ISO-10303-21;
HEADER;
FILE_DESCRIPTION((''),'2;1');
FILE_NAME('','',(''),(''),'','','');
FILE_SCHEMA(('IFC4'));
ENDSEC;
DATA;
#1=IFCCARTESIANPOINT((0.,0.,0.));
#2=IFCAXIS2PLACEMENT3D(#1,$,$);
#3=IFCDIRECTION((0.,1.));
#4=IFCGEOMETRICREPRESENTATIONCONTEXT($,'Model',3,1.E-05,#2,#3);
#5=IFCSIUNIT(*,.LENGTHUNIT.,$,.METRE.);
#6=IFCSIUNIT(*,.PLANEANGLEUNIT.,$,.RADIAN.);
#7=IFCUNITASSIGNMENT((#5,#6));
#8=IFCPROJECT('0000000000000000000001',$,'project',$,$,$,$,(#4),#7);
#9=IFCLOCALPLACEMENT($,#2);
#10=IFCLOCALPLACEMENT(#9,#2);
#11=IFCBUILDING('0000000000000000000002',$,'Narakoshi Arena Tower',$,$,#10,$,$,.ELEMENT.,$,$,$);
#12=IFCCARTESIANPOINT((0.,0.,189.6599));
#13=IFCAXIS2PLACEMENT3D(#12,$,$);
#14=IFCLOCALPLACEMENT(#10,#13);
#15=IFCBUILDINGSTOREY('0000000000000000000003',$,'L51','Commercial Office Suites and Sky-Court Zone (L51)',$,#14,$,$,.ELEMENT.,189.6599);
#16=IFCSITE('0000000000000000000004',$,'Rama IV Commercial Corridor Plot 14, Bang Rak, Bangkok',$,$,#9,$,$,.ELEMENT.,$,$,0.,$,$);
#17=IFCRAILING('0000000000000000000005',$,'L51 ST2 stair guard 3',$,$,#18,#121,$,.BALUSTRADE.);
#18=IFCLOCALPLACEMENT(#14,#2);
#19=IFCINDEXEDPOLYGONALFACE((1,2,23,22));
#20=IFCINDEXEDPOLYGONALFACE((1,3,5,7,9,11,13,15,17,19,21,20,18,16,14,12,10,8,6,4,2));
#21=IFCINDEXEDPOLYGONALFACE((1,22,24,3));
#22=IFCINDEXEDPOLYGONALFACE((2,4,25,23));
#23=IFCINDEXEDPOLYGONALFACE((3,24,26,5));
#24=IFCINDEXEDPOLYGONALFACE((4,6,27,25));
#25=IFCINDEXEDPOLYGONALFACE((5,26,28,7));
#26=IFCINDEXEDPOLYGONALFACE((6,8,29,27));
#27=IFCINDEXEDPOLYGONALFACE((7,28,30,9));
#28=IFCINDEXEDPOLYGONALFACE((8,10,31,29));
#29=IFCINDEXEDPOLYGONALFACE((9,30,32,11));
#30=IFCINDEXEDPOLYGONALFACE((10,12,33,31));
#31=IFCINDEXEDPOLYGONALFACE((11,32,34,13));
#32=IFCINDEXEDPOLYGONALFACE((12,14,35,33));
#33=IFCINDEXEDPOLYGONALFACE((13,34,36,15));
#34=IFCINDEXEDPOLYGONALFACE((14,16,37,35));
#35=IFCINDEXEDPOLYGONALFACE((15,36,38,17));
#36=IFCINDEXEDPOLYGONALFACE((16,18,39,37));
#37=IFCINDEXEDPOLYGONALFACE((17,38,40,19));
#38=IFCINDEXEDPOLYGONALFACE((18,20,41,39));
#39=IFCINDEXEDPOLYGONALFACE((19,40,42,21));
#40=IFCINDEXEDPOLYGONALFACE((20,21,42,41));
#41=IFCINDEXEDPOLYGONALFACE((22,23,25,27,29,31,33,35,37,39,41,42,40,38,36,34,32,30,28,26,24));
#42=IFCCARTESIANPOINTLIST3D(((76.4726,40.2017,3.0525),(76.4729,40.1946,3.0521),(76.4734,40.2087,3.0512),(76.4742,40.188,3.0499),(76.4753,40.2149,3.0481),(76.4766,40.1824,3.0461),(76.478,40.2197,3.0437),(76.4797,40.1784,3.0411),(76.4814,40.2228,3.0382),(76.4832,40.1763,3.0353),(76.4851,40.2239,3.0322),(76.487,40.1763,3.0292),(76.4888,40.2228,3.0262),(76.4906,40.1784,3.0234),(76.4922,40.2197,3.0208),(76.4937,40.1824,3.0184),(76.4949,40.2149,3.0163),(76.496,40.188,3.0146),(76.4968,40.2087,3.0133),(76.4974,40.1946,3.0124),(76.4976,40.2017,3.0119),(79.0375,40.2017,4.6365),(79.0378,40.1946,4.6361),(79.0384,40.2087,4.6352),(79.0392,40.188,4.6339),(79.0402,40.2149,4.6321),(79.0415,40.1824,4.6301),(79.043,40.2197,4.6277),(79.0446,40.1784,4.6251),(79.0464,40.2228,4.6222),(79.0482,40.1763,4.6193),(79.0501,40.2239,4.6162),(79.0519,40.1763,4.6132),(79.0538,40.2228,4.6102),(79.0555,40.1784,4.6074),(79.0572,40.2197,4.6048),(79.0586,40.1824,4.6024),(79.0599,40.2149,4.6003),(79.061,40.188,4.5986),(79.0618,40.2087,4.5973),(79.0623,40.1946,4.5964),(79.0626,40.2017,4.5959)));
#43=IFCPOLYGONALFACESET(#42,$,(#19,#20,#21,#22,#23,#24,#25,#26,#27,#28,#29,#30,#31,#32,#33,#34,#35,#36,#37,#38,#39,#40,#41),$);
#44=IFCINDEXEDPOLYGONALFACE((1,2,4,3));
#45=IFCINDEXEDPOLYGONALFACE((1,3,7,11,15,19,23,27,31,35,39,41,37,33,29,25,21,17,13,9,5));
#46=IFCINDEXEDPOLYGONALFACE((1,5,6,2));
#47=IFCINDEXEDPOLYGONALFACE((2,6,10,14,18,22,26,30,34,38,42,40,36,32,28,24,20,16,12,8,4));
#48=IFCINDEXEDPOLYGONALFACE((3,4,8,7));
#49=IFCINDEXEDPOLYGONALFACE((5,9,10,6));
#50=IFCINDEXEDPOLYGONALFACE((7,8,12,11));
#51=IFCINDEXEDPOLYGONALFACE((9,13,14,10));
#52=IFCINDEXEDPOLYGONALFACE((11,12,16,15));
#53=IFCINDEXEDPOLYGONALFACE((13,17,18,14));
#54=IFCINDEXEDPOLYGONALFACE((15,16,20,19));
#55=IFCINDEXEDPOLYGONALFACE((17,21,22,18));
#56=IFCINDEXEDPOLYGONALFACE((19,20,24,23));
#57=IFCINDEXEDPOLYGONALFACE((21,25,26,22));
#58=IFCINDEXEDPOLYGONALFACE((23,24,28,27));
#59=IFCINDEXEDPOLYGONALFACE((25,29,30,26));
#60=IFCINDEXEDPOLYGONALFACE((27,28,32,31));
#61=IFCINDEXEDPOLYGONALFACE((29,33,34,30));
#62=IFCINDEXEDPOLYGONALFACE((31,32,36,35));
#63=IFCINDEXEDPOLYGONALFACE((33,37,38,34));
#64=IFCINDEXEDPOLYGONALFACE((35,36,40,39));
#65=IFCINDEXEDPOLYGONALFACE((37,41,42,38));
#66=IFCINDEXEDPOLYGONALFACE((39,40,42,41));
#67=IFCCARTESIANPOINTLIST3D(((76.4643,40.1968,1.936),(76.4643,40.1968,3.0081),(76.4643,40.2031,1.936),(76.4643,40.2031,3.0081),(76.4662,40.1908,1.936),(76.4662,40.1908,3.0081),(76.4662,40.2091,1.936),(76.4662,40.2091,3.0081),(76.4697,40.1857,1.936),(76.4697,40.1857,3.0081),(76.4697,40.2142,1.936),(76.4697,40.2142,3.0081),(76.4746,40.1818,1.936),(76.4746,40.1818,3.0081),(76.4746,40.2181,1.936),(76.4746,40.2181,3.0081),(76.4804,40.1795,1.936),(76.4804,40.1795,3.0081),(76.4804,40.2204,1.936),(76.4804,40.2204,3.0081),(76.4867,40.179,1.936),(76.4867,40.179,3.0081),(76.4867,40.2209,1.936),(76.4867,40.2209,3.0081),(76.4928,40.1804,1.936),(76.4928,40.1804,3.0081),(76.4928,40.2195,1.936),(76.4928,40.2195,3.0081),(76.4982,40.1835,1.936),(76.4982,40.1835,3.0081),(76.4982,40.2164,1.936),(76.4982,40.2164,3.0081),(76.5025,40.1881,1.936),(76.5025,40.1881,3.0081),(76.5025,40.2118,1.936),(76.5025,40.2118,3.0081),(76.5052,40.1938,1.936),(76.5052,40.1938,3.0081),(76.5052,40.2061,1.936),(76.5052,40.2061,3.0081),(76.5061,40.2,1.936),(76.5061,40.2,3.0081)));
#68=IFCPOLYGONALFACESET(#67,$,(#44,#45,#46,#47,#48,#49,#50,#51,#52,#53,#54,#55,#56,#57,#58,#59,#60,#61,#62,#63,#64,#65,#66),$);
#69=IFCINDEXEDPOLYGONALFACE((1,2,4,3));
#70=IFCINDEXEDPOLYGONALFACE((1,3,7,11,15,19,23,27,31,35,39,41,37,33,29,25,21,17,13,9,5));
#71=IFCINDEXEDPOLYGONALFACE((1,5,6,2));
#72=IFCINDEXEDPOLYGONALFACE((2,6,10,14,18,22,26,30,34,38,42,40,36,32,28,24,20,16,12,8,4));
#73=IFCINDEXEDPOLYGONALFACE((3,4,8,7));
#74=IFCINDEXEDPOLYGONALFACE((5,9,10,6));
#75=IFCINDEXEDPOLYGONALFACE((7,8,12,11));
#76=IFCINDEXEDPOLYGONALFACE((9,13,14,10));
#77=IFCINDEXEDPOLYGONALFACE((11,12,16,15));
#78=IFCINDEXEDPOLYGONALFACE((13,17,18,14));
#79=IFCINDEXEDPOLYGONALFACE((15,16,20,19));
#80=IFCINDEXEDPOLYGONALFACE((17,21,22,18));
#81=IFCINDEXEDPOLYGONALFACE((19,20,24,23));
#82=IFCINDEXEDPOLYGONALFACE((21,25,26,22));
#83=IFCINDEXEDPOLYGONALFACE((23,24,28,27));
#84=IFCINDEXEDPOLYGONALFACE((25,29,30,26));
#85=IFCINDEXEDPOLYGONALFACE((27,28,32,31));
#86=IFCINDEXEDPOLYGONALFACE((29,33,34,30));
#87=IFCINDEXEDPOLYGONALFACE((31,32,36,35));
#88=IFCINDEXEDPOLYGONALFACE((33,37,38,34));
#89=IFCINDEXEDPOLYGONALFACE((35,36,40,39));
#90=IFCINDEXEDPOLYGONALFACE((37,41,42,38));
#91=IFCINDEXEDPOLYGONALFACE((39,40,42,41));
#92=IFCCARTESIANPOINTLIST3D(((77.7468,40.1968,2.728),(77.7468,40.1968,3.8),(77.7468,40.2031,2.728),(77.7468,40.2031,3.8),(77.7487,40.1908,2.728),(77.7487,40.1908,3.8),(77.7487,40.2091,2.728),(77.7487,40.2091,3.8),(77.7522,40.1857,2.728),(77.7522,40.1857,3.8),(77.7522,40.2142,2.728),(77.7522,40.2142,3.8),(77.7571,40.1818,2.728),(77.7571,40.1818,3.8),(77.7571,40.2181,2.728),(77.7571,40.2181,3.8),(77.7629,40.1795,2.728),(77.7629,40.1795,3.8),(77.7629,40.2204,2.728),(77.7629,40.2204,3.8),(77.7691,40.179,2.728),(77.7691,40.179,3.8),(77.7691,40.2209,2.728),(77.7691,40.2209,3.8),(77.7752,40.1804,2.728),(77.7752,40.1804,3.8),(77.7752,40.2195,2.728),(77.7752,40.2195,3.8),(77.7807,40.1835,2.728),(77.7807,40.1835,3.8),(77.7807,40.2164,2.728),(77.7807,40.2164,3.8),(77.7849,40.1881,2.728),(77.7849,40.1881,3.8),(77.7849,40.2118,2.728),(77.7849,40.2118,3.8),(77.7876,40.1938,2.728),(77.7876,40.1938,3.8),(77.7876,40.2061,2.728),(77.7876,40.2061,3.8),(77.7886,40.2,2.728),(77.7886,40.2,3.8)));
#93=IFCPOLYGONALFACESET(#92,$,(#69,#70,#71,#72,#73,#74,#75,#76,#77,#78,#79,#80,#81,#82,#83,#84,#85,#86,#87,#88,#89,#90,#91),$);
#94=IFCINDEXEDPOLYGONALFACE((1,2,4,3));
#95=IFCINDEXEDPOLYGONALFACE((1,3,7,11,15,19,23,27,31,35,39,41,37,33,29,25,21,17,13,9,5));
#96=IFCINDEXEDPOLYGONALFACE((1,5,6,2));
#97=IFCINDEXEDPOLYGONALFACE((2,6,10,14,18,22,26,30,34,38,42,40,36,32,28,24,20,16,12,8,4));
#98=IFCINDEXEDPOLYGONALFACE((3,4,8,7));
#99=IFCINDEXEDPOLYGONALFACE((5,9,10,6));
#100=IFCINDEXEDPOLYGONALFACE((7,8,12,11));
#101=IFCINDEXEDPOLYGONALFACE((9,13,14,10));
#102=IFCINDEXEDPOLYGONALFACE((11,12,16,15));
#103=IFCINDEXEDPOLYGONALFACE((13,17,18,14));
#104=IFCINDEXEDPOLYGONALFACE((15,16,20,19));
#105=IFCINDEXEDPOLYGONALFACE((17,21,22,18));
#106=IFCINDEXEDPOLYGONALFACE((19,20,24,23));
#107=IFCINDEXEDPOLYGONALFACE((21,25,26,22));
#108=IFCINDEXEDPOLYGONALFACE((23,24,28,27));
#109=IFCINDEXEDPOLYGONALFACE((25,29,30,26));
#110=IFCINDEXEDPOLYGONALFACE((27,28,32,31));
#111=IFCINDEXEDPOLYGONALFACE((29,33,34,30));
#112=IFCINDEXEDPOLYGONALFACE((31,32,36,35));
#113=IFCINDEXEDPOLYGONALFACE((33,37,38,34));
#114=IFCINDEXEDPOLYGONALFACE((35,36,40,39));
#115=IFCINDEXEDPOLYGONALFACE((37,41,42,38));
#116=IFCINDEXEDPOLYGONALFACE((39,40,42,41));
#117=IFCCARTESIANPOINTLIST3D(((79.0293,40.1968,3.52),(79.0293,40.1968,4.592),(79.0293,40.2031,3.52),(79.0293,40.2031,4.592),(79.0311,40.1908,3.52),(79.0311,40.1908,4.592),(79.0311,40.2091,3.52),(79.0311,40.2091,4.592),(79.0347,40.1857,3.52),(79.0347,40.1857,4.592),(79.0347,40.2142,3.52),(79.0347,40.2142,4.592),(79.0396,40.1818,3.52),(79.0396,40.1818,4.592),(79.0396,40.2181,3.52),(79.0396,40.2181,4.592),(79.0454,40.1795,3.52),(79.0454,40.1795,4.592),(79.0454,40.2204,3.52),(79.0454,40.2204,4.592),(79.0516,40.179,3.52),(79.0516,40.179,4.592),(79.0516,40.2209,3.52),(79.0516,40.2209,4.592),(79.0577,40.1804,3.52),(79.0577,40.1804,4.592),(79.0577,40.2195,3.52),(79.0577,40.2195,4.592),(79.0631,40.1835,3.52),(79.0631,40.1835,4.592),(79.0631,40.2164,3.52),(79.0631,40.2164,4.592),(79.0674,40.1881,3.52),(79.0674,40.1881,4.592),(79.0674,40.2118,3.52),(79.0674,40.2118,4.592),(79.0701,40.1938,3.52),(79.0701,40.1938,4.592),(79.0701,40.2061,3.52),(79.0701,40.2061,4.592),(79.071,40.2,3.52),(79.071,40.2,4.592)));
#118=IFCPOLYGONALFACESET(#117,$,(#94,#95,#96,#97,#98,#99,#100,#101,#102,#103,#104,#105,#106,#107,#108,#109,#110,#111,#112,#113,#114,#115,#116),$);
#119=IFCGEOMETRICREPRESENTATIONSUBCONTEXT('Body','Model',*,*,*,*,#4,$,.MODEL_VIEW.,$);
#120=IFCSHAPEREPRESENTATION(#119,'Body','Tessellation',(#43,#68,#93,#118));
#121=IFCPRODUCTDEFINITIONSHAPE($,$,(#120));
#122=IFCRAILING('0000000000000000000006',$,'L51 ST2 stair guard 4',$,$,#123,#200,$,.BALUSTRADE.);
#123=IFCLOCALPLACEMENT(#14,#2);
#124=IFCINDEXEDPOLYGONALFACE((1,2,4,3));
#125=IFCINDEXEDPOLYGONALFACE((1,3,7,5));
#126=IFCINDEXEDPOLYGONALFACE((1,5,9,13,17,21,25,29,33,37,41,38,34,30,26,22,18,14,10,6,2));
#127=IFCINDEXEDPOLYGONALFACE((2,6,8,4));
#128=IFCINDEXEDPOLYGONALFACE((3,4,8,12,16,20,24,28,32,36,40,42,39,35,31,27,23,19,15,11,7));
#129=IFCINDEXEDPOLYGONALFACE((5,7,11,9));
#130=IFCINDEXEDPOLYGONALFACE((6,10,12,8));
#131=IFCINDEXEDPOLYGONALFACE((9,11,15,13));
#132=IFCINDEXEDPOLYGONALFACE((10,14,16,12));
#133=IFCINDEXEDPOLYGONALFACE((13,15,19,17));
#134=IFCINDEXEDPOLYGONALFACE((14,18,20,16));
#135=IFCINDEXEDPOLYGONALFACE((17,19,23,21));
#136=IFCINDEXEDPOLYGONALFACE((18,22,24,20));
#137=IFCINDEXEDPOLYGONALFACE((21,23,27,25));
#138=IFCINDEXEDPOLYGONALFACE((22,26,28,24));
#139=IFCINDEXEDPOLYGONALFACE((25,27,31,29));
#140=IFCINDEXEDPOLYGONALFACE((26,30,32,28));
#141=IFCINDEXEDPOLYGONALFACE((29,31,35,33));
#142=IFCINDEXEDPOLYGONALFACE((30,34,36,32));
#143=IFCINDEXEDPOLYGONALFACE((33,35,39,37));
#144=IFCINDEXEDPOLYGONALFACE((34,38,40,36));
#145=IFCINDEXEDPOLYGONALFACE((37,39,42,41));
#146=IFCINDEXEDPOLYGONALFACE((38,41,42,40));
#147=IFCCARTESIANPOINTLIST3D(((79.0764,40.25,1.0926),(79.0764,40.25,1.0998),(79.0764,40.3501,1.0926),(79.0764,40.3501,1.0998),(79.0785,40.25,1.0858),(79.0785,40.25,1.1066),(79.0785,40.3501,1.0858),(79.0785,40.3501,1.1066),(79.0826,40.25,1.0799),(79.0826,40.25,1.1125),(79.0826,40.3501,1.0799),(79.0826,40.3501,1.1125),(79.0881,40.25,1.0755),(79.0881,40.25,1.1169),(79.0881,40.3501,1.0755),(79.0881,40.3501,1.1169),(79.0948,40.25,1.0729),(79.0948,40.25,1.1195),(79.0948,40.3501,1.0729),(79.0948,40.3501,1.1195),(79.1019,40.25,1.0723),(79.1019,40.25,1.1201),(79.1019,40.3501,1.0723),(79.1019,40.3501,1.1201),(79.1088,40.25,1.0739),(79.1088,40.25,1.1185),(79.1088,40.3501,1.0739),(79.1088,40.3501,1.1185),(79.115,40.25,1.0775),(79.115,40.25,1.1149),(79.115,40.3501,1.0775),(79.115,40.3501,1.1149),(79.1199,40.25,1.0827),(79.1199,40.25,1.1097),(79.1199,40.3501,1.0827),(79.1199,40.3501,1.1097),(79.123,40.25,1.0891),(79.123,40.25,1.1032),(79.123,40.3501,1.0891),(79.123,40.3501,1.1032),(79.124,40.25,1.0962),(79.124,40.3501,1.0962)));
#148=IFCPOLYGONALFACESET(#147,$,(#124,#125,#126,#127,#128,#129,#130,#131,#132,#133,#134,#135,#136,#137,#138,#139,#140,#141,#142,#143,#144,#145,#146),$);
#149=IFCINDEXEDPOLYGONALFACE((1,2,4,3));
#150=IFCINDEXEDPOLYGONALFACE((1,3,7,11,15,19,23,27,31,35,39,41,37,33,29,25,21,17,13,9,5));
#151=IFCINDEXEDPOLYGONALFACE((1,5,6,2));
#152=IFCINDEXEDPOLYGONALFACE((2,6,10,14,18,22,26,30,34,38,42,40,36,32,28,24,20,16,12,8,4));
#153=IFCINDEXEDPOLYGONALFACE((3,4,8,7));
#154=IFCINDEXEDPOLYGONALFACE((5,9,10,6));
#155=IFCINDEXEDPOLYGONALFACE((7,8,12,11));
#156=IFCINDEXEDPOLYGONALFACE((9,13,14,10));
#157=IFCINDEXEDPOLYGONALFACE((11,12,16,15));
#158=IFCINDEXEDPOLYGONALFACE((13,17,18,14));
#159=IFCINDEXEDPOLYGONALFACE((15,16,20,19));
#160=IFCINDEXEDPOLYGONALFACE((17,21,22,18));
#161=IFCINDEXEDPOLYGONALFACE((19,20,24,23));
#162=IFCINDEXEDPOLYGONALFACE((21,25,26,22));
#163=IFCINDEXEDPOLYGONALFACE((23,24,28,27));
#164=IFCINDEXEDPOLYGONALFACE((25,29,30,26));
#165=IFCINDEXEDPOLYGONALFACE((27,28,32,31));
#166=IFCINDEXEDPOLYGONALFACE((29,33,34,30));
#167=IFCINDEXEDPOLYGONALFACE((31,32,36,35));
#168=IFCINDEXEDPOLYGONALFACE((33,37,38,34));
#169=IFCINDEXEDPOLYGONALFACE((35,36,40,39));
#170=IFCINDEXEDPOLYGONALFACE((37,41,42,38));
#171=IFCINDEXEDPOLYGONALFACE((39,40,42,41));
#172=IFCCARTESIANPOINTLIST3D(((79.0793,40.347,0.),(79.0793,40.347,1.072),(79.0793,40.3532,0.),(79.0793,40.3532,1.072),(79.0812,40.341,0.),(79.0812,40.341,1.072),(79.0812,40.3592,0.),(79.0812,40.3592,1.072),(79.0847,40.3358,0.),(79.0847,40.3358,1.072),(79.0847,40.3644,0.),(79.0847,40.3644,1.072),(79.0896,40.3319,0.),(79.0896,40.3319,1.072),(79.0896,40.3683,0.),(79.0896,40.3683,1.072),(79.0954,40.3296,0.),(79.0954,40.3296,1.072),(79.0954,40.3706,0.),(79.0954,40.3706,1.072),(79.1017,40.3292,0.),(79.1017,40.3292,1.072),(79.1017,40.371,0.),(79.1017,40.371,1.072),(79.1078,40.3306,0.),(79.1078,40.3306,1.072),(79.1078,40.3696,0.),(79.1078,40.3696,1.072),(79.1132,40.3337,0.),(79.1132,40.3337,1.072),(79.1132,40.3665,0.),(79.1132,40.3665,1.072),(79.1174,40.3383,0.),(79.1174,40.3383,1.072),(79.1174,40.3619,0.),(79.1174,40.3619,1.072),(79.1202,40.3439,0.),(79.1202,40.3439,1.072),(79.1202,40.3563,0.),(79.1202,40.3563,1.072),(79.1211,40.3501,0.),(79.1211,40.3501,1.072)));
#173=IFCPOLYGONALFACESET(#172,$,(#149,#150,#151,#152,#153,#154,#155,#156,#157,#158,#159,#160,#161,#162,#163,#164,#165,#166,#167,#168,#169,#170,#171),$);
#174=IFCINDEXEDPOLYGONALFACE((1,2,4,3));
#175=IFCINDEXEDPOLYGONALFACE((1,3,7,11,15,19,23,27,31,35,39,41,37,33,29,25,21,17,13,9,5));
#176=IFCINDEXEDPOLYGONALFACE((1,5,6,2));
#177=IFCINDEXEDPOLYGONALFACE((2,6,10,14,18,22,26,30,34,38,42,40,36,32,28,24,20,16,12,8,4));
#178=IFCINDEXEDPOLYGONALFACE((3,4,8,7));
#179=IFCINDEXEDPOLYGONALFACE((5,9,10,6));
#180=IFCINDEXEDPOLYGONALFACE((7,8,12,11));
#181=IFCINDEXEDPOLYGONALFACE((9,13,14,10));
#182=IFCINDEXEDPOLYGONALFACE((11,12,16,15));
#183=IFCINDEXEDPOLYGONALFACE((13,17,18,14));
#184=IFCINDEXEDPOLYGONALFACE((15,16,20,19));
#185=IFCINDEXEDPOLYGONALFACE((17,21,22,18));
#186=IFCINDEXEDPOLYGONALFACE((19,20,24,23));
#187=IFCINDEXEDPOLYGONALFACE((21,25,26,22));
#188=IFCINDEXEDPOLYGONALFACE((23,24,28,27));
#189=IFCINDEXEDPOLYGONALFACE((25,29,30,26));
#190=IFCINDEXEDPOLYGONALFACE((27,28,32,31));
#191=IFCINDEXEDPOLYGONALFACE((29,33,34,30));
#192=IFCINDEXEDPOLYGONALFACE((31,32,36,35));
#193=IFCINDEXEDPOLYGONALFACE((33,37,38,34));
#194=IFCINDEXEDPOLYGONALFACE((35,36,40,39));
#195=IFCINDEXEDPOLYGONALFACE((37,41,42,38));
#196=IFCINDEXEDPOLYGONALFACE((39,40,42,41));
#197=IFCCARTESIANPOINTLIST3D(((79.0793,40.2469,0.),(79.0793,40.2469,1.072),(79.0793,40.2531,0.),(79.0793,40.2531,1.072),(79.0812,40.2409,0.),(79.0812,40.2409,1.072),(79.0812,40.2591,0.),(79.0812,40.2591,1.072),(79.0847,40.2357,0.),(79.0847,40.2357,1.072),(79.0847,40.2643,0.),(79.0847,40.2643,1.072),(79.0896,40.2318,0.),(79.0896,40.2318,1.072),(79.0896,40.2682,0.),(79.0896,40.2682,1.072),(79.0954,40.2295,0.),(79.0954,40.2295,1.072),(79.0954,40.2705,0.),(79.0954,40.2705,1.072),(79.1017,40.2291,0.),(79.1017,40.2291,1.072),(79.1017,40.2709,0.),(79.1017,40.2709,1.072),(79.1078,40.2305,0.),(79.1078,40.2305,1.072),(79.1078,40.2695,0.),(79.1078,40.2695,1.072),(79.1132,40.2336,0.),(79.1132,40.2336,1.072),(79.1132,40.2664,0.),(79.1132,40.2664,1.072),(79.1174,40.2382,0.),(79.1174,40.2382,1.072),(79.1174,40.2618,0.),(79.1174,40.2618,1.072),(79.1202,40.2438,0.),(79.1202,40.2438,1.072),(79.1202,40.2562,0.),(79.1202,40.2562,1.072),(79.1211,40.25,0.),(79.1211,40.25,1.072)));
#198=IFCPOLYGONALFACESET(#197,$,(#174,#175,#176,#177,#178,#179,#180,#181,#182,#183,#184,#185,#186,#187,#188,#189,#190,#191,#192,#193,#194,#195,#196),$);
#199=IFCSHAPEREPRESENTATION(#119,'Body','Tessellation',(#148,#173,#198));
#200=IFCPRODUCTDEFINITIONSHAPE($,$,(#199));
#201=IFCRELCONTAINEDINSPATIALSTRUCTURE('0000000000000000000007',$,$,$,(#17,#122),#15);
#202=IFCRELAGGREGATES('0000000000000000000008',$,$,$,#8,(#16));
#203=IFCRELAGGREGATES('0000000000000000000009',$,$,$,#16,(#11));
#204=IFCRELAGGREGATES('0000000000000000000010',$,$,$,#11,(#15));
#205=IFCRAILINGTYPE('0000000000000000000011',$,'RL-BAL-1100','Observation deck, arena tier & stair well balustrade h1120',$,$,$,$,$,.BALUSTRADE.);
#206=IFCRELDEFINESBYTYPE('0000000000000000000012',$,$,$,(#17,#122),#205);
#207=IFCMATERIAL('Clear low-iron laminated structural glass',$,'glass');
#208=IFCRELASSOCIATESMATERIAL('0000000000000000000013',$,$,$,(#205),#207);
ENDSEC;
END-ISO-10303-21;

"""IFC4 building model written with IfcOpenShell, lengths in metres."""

from ifc_helpers import new_model, si_unit, direction, frame, origin, origin_2d, place, context, subcontext, project, spatial, circle, extrude, material, type_object, element, save


model = new_model("IFC4")

# Units and contexts
model_context = context("Model", 3, precision=1e-05, world=origin(), true_north=direction((0.0, 1.0)))
body_context = subcontext(model_context, "Body", "Model", "MODEL_VIEW")
ifc_project = project(units=[si_unit("LENGTHUNIT", "METRE"), si_unit("PLANEANGLEUNIT", "RADIAN")], contexts=[model_context])

# Site, building, storey
site_placement = place(None, origin())
site = spatial("IfcSite", under=ifc_project, at=site_placement, Name="Rama IV Commercial Corridor Plot 14, Bang Rak, Bangkok", CompositionType="ELEMENT", RefElevation=0.0)
building_placement = place(site_placement, origin())
building = spatial("IfcBuilding", under=site, at=building_placement, Name="Narakoshi Arena Tower", CompositionType="ELEMENT")
storey_placement = place(building_placement, frame((0.0, 0.0, 189.6599)))
storey = spatial("IfcBuildingStorey", under=building, at=storey_placement, Name="L51", Description="Commercial Office Suites and Sky-Court Zone (L51)", CompositionType="ELEMENT", Elevation=189.6599)

# Railings
ifc_material_1 = material(Name="Clear low-iron laminated structural glass", Category="glass")
railing_type_1 = type_object("IfcRailingType", Name="RL-BAL-1100", Description="Observation deck, arena tier & stair well balustrade h1120", PredefinedType="BALUSTRADE", material=ifc_material_1)
railing_1_placement = place(storey_placement, frame((76.4851, 40.2, 1.936)))
element("IfcRailing", 1, at=railing_1_placement, inside=storey, type_object=railing_type_1, Name="L51 ST2 stair guard 3", PredefinedType="BALUSTRADE", context=body_context, shape_type="SweptSolid", body=[
    extrude(circle(Radius=0.0239, at=origin_2d()), frame((0.0, 0.0, 1.0962), z_axis=(0.850834, 0.0, 0.525434), x_axis=(0.0, 1.0, 0.0)), (0.0, 0.0, 1.0), 3.0146),
    extrude(circle(Radius=0.021, at=origin_2d()), origin(), (0.0, 0.0, 1.0), 1.072),
    extrude(circle(Radius=0.021, at=origin_2d()), frame((1.2825, 0.0, 0.792)), (0.0, 0.0, 1.0), 1.072),
    extrude(circle(Radius=0.021, at=origin_2d()), frame((2.5649, 0.0, 1.584)), (0.0, 0.0, 1.0), 1.072),
])
railing_2_placement = place(storey_placement, frame((79.1001, 40.3501, 0.0)))
element("IfcRailing", 2, at=railing_2_placement, inside=storey, type_object=railing_type_1, Name="L51 ST2 stair guard 4", PredefinedType="BALUSTRADE", context=body_context, shape_type="SweptSolid", body=[
    extrude(circle(Radius=0.0239, at=origin_2d()), frame((0.0, 0.0, 1.0962), z_axis=(0.0, -1.0, 0.0), x_axis=(1.0, 0.0, 0.0)), (0.0, 0.0, 1.0), 0.1001),
    extrude(circle(Radius=0.021, at=origin_2d()), origin(), (0.0, 0.0, 1.0), 1.072),
    extrude(circle(Radius=0.021, at=origin_2d()), frame((0.0, -0.1001, 0.0)), (0.0, 0.0, 1.0), 1.072),
])

save(model, "model.ifc")
